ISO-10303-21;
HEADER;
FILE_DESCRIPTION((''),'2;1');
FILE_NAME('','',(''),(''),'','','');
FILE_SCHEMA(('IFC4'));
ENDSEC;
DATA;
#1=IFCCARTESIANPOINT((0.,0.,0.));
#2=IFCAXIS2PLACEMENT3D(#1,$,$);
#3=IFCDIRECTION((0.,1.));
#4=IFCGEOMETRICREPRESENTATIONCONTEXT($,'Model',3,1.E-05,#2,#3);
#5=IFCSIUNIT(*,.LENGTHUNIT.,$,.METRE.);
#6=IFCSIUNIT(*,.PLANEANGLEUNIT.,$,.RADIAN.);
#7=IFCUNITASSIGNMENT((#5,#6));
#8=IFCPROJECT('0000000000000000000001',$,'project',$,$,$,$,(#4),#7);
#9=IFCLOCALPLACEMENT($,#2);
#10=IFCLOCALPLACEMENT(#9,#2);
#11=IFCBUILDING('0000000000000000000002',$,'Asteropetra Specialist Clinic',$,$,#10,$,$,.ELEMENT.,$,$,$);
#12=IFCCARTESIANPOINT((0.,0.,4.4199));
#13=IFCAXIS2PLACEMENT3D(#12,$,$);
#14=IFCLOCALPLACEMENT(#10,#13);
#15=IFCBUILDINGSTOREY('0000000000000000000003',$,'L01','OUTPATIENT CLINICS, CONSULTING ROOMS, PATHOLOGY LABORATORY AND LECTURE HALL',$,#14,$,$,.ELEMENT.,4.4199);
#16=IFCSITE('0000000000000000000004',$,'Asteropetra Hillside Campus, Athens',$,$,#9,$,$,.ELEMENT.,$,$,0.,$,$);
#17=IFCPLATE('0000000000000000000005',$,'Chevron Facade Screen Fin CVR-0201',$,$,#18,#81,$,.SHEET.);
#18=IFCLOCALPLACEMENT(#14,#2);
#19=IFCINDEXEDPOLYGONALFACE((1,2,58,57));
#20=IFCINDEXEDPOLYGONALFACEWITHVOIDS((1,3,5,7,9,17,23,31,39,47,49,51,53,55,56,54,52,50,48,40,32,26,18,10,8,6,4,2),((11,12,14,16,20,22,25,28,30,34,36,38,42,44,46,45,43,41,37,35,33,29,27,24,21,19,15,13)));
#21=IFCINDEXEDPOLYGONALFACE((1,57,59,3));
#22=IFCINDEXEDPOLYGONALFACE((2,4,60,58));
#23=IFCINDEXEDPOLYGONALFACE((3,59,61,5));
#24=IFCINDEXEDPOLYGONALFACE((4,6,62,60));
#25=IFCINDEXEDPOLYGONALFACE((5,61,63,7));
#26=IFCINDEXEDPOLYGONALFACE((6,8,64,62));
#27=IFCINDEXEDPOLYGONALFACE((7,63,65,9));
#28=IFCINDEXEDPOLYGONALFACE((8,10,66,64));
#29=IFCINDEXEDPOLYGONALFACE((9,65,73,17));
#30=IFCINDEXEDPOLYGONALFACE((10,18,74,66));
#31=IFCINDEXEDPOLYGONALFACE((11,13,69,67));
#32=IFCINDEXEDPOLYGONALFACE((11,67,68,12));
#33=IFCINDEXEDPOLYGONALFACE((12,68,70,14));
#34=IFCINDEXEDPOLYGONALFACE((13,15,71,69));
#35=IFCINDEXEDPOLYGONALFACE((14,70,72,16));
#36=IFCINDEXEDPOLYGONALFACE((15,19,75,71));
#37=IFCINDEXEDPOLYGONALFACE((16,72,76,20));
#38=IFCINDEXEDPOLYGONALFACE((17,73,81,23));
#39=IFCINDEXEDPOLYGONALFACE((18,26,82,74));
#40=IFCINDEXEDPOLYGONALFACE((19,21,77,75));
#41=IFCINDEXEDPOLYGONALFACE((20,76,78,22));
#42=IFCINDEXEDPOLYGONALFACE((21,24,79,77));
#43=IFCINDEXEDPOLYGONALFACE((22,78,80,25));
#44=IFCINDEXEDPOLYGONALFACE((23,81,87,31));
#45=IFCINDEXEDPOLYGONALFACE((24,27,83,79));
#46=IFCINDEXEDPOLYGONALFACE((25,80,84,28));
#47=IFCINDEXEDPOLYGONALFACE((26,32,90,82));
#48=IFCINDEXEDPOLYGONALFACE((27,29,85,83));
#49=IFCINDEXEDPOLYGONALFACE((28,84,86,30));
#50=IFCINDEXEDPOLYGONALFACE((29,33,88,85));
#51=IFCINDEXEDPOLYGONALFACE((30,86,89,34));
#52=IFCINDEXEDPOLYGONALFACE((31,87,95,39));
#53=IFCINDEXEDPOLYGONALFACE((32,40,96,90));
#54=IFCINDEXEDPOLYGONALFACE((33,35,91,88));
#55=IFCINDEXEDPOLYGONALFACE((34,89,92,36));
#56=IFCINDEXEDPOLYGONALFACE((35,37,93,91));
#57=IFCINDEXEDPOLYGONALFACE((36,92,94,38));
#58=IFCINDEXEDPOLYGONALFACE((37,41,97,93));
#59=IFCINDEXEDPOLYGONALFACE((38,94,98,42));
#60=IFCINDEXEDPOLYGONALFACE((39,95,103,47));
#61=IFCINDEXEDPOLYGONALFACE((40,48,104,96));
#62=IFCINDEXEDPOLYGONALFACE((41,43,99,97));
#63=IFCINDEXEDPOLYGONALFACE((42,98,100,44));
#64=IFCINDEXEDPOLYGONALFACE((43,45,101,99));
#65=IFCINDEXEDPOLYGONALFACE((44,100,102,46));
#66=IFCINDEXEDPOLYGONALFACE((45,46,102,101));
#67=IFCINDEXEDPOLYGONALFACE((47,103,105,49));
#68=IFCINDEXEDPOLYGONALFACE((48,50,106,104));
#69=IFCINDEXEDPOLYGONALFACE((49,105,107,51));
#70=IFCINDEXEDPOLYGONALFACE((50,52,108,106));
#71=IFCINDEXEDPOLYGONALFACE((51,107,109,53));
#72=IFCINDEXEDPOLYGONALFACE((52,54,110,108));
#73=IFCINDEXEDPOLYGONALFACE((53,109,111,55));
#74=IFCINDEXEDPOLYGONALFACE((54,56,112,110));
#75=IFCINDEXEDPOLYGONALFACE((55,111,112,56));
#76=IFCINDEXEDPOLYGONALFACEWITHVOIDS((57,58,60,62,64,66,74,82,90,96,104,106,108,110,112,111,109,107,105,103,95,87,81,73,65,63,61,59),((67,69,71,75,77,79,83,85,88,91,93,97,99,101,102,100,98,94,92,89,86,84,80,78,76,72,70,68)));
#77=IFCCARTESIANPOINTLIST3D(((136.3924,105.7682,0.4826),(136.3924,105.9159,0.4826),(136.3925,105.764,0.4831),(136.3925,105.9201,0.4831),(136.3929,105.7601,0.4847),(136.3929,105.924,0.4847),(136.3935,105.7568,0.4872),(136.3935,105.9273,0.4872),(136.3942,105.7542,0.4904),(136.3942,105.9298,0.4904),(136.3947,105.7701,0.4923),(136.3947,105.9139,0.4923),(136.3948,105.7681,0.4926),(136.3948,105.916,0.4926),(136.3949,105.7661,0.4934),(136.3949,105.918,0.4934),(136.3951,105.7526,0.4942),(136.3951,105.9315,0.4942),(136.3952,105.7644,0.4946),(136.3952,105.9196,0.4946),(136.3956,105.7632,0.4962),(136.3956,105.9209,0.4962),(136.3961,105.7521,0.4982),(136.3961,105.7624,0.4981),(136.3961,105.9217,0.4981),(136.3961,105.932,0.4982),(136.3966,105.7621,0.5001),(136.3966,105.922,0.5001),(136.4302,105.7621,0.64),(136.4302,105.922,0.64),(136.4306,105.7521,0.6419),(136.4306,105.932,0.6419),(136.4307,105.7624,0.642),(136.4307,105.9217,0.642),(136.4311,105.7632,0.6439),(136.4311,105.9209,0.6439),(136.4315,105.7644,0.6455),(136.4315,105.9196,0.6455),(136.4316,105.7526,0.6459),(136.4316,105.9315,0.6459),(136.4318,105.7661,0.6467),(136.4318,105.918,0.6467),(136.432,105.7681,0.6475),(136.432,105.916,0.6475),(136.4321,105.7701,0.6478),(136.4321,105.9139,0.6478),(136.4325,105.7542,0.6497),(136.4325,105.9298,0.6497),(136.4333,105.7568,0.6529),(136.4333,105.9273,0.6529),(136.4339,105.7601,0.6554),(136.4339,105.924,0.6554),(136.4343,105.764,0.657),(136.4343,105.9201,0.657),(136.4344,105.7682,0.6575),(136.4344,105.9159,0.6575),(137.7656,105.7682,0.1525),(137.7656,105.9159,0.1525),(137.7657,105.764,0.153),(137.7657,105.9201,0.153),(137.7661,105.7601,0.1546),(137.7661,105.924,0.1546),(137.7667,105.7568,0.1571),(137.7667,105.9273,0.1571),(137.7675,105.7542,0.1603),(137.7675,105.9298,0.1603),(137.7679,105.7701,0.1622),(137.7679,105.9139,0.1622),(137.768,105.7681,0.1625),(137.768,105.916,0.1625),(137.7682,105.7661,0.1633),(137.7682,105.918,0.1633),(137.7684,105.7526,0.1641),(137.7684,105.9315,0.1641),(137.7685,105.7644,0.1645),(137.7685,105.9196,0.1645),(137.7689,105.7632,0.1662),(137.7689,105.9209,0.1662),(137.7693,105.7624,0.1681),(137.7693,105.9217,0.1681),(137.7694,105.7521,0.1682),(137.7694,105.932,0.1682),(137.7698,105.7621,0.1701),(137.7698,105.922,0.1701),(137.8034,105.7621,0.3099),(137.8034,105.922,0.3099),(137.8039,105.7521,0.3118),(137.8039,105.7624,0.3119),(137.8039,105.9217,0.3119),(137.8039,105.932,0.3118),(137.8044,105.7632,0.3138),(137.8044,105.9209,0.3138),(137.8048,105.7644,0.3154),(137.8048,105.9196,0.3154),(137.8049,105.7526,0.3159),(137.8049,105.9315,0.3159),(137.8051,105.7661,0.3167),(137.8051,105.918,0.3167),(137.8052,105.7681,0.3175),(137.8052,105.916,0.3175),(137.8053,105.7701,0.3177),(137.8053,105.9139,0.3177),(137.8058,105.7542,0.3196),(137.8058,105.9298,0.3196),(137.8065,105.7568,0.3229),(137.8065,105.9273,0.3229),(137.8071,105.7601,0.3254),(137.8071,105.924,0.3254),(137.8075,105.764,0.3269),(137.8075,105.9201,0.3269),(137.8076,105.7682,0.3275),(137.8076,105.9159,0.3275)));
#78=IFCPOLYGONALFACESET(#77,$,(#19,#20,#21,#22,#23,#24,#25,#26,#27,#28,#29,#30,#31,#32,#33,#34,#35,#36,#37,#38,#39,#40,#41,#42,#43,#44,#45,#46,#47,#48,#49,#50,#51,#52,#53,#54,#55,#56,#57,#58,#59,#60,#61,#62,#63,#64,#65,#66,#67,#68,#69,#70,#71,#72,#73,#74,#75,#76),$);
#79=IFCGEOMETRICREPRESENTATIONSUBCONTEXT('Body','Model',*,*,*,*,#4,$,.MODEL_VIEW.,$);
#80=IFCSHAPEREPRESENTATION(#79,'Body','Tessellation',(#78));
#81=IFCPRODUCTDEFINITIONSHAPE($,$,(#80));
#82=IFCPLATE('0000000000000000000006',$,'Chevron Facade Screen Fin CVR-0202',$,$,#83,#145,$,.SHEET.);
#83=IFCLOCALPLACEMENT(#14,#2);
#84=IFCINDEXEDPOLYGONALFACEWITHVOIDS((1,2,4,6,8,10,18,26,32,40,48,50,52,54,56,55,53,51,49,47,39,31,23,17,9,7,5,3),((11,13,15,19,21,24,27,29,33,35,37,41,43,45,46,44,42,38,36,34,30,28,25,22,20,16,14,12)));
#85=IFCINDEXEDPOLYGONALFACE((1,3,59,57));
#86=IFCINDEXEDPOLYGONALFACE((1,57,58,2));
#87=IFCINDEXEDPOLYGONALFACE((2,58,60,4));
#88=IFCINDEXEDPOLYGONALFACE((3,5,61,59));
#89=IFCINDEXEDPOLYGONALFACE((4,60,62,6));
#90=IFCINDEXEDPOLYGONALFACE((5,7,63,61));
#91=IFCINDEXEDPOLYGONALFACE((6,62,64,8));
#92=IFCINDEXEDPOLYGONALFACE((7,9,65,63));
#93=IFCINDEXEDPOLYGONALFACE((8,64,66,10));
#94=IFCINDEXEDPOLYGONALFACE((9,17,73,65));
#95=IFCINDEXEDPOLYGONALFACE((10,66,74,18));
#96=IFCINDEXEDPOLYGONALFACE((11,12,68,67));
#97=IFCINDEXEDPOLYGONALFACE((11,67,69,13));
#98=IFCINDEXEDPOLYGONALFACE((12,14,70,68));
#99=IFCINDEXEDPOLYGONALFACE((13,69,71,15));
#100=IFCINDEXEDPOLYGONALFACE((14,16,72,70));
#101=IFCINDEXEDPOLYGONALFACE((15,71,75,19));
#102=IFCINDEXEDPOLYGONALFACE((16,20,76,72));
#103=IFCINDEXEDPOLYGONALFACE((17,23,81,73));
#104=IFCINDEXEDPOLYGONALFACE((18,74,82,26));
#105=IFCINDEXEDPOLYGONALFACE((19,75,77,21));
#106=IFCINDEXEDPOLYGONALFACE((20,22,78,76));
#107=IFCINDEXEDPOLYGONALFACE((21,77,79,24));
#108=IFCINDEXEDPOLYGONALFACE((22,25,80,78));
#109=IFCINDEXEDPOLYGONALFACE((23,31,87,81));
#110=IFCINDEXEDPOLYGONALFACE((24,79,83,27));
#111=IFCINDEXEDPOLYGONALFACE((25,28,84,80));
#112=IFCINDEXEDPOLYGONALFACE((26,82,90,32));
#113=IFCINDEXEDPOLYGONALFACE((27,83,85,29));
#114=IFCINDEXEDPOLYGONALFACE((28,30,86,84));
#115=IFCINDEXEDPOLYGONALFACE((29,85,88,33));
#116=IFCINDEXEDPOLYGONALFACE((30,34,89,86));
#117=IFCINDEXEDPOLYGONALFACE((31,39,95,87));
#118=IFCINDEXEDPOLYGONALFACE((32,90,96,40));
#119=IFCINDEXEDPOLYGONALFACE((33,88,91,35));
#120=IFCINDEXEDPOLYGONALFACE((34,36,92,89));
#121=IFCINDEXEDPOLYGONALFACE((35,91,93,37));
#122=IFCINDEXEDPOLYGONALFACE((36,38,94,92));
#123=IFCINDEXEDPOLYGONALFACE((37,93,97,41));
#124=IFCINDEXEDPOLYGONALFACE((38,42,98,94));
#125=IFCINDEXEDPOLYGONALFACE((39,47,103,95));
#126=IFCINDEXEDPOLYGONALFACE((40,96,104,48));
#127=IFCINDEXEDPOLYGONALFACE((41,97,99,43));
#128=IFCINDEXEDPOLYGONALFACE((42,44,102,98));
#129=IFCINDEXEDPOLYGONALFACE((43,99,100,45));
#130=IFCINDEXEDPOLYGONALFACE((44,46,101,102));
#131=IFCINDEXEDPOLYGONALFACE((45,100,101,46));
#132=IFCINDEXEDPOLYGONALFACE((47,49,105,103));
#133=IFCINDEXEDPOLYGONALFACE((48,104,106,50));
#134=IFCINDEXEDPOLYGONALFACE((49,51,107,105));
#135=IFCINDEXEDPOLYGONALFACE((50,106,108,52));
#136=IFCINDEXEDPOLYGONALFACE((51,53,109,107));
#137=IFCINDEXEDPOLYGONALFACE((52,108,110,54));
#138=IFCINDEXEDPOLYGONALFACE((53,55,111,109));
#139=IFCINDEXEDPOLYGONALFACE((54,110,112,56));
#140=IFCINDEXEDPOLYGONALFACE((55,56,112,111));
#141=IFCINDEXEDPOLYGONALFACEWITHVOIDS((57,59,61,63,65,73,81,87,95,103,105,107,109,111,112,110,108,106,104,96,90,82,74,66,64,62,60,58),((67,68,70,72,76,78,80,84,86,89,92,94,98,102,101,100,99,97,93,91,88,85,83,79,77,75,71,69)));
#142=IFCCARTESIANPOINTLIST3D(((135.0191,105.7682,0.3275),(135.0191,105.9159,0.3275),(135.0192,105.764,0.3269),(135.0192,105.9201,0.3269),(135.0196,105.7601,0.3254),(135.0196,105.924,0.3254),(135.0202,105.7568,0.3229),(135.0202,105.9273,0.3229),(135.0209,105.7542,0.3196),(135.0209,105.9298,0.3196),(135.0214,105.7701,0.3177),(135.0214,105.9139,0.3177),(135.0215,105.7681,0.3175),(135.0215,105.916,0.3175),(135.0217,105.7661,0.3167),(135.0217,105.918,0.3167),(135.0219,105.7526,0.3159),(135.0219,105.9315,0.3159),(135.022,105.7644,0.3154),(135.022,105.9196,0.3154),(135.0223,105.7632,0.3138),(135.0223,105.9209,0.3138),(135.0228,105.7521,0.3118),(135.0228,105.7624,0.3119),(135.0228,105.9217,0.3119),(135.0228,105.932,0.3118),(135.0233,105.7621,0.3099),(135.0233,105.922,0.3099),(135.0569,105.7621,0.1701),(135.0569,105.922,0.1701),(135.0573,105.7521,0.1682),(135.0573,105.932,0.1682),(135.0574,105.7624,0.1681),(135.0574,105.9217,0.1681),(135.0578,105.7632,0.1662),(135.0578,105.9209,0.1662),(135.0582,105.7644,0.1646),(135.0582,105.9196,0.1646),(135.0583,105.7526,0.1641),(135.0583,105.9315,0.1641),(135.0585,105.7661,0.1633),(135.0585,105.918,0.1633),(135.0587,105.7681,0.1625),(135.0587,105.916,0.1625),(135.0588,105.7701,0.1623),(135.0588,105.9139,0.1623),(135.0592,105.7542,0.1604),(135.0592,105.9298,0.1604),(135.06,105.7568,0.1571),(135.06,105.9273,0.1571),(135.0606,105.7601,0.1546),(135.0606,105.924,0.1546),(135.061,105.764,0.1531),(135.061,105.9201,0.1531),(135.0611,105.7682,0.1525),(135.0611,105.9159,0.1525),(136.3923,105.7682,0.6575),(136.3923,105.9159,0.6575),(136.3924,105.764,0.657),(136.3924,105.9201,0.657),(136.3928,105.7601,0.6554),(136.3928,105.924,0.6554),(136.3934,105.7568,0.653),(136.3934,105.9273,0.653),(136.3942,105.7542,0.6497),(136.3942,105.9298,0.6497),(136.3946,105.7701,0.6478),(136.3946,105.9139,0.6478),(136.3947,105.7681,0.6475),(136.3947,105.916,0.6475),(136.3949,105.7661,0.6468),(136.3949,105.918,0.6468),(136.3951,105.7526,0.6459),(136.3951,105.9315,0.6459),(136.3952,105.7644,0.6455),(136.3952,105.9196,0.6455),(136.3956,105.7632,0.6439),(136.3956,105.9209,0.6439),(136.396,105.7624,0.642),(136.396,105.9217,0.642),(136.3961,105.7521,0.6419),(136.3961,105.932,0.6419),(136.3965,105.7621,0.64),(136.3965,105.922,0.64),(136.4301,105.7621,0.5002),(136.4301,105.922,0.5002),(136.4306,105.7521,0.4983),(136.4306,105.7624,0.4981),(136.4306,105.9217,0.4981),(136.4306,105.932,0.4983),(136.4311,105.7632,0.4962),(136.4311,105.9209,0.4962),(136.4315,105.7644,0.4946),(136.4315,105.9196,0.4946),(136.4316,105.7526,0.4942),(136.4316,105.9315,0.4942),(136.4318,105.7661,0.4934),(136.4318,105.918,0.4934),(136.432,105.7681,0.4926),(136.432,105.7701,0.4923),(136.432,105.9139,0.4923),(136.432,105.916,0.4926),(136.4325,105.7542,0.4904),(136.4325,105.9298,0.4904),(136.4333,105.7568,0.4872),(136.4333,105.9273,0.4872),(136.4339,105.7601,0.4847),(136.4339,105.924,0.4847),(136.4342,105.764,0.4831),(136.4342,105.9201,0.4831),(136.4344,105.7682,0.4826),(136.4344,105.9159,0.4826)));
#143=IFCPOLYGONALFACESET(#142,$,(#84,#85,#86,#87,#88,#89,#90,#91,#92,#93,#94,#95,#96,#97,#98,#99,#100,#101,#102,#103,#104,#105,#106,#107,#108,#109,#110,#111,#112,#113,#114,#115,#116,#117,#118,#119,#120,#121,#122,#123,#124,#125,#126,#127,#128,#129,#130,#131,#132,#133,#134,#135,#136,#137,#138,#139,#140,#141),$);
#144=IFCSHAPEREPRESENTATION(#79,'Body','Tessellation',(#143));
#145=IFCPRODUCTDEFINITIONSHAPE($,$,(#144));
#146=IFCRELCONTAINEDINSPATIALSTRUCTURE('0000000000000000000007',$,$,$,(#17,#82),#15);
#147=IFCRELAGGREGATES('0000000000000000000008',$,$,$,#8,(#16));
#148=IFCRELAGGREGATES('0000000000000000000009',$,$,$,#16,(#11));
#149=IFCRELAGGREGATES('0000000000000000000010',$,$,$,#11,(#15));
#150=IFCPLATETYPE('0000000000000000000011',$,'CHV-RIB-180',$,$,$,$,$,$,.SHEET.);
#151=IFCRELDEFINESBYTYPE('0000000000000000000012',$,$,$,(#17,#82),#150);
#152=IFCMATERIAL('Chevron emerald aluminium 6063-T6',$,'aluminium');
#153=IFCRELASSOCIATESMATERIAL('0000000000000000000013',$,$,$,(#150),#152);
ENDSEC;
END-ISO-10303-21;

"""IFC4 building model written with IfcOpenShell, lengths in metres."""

from ifc_helpers import new_model, si_unit, direction, frame, origin, origin_2d, place, context, subcontext, project, spatial, hollow_rectangle, extrude, material, material_profile, profile_set, type_object, element, save


model = new_model("IFC4")

# Units and contexts
model_context = context("Model", 3, precision=1e-05, world=origin(), true_north=direction((0.0, 1.0)))
body_context = subcontext(model_context, "Body", "Model", "MODEL_VIEW")
ifc_project = project(units=[si_unit("LENGTHUNIT", "METRE"), si_unit("PLANEANGLEUNIT", "RADIAN")], contexts=[model_context])

# Site, building, storey
site_placement = place(None, origin())
site = spatial("IfcSite", under=ifc_project, at=site_placement, Name="Asteropetra Hillside Campus, Athens", CompositionType="ELEMENT", RefElevation=0.0)
building_placement = place(site_placement, origin())
building = spatial("IfcBuilding", under=site, at=building_placement, Name="Asteropetra Specialist Clinic", CompositionType="ELEMENT")
storey_placement = place(building_placement, frame((0.0, 0.0, 4.4199)))
storey = spatial("IfcBuildingStorey", under=building, at=storey_placement, Name="L01", Description="OUTPATIENT CLINICS, CONSULTING ROOMS, PATHOLOGY LABORATORY AND LECTURE HALL", CompositionType="ELEMENT", Elevation=4.4199)

# Plates
ifc_material_1 = material(Name="Chevron emerald aluminium 6063-T6", Category="aluminium")
ifc_material_profile_1 = material_profile(ifc_material_1, hollow_rectangle(XDim=0.1799, YDim=0.1799, WallThickness=0.01, InnerFilletRadius=0.0081, OuterFilletRadius=0.0161, at=origin_2d()), Name="SHS 180x180x10.0")
ifc_profile_set_1 = profile_set([ifc_material_profile_1], Name="Chevron emerald aluminium 6063-T6")
plate_type = type_object("IfcPlateType", Name="CHV-RIB-180", PredefinedType="SHEET", material=ifc_profile_set_1)
for number, where, z_axis, x_axis, name in (
    (1, (137.7866, 105.842, 0.24), (-0.972309, 0.0, 0.2337), (0.0, -1.0, 0.0), "Chevron Facade Screen Fin CVR-0201"),
    (2, (136.4133, 105.842, 0.5701), (-0.972309, 0.0, -0.2337), (0.0, -1.0, 0.0), "Chevron Facade Screen Fin CVR-0202"),
):
    element("IfcPlate", number, at=place(storey_placement, frame(where, z_axis=z_axis, x_axis=x_axis)), inside=storey, type_object=plate_type, Name=name, PredefinedType="SHEET", context=body_context, shape_type="SweptSolid", body=[
        extrude(hollow_rectangle(XDim=0.1799, YDim=0.1799, WallThickness=0.01, InnerFilletRadius=0.0081, OuterFilletRadius=0.0161, at=origin_2d()), origin(), (0.0, 0.0, 1.0), 1.4124),
    ])

save(model, "model.ifc")
